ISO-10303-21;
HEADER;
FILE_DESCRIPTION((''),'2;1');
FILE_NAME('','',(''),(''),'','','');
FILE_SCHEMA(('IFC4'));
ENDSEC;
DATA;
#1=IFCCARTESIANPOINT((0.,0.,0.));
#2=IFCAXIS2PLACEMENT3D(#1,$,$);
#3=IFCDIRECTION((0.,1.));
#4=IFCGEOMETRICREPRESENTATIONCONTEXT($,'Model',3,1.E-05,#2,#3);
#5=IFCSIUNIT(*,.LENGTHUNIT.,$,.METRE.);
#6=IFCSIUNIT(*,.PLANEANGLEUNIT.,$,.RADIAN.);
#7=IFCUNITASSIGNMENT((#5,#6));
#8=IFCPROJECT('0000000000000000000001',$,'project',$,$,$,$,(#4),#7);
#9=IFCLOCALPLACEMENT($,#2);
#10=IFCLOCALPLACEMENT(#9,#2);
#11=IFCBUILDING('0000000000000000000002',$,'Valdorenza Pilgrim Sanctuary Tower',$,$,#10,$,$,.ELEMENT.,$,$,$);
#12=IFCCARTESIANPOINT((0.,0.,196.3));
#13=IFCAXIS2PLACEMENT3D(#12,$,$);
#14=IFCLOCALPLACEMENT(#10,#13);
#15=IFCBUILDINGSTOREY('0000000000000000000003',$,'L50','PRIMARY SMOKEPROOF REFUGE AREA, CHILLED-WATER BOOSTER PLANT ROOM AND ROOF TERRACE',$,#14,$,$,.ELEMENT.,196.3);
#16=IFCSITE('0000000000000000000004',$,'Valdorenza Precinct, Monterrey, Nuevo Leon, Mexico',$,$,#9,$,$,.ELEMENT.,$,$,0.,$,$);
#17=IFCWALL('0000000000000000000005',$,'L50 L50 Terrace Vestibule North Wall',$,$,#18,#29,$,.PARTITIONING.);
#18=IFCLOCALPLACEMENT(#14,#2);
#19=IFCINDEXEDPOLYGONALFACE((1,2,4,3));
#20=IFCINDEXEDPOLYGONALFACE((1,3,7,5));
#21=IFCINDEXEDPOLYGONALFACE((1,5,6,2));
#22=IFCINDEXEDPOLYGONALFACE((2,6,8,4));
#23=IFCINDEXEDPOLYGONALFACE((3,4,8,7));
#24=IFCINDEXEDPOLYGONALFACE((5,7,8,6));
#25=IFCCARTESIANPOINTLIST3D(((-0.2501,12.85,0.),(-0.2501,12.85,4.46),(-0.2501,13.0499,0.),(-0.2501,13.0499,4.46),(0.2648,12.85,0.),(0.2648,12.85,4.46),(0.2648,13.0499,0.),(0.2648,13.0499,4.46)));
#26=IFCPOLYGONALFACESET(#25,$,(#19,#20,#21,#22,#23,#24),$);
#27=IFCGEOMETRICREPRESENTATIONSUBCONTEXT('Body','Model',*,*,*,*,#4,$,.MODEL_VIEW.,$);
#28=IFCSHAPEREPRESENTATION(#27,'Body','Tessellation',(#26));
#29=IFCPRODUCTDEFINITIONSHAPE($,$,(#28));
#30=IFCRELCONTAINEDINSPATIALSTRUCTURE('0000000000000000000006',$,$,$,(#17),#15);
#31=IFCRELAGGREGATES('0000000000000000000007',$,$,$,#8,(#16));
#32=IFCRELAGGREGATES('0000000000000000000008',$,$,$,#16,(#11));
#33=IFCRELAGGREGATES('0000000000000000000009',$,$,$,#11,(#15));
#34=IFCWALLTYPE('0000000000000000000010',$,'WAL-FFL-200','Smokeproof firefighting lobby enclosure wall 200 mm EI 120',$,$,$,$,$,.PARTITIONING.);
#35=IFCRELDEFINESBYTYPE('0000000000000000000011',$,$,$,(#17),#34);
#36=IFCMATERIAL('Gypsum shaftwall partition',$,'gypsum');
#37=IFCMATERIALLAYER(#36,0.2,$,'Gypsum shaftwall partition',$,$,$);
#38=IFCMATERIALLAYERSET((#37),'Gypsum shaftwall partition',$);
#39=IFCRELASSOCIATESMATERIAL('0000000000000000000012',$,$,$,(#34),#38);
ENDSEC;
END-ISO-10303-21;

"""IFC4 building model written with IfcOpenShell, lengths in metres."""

from ifc_helpers import new_model, si_unit, direction, frame, frame_2d, origin, place, context, subcontext, project, spatial, rectangle, extrude, material, layer, layer_set, type_object, element, save


model = new_model("IFC4")

# Units and contexts
model_context = context("Model", 3, precision=1e-05, world=origin(), true_north=direction((0.0, 1.0)))
body_context = subcontext(model_context, "Body", "Model", "MODEL_VIEW")
ifc_project = project(units=[si_unit("LENGTHUNIT", "METRE"), si_unit("PLANEANGLEUNIT", "RADIAN")], contexts=[model_context])

# Site, building, storey
site_placement = place(None, origin())
site = spatial("IfcSite", under=ifc_project, at=site_placement, Name="Valdorenza Precinct, Monterrey, Nuevo Leon, Mexico", CompositionType="ELEMENT", RefElevation=0.0)
building_placement = place(site_placement, origin())
building = spatial("IfcBuilding", under=site, at=building_placement, Name="Valdorenza Pilgrim Sanctuary Tower", CompositionType="ELEMENT")
storey_placement = place(building_placement, frame((0.0, 0.0, 196.3)))
storey = spatial("IfcBuildingStorey", under=building, at=storey_placement, Name="L50", Description="PRIMARY SMOKEPROOF REFUGE AREA, CHILLED-WATER BOOSTER PLANT ROOM AND ROOF TERRACE", CompositionType="ELEMENT", Elevation=196.3)

# Wall
ifc_material_1 = material(Name="Gypsum shaftwall partition", Category="gypsum")
ifc_layer_1 = layer(ifc_material_1, 0.2, Name="Gypsum shaftwall partition")
ifc_layer_set_1 = layer_set([ifc_layer_1], Name="Gypsum shaftwall partition")
wall_type_1 = type_object("IfcWallType", Name="WAL-FFL-200", Description="Smokeproof firefighting lobby enclosure wall 200 mm EI 120", PredefinedType="PARTITIONING", material=ifc_layer_set_1)
wall_1_placement = place(storey_placement, frame((-0.25, 12.95, 0.0), z_axis=(0.0, 0.0, 1.0), x_axis=(1.0, 0.0, 0.0)))
element("IfcWall", 1, at=wall_1_placement, inside=storey, type_object=wall_type_1, Name="L50 L50 Terrace Vestibule North Wall", PredefinedType="PARTITIONING", context=body_context, shape_type="SweptSolid", body=[
    extrude(rectangle(XDim=0.5149, YDim=0.2, at=frame_2d((0.2573, 0.0))), origin(), (0.0, 0.0, 1.0), 4.46),
])

save(model, "model.ifc")
